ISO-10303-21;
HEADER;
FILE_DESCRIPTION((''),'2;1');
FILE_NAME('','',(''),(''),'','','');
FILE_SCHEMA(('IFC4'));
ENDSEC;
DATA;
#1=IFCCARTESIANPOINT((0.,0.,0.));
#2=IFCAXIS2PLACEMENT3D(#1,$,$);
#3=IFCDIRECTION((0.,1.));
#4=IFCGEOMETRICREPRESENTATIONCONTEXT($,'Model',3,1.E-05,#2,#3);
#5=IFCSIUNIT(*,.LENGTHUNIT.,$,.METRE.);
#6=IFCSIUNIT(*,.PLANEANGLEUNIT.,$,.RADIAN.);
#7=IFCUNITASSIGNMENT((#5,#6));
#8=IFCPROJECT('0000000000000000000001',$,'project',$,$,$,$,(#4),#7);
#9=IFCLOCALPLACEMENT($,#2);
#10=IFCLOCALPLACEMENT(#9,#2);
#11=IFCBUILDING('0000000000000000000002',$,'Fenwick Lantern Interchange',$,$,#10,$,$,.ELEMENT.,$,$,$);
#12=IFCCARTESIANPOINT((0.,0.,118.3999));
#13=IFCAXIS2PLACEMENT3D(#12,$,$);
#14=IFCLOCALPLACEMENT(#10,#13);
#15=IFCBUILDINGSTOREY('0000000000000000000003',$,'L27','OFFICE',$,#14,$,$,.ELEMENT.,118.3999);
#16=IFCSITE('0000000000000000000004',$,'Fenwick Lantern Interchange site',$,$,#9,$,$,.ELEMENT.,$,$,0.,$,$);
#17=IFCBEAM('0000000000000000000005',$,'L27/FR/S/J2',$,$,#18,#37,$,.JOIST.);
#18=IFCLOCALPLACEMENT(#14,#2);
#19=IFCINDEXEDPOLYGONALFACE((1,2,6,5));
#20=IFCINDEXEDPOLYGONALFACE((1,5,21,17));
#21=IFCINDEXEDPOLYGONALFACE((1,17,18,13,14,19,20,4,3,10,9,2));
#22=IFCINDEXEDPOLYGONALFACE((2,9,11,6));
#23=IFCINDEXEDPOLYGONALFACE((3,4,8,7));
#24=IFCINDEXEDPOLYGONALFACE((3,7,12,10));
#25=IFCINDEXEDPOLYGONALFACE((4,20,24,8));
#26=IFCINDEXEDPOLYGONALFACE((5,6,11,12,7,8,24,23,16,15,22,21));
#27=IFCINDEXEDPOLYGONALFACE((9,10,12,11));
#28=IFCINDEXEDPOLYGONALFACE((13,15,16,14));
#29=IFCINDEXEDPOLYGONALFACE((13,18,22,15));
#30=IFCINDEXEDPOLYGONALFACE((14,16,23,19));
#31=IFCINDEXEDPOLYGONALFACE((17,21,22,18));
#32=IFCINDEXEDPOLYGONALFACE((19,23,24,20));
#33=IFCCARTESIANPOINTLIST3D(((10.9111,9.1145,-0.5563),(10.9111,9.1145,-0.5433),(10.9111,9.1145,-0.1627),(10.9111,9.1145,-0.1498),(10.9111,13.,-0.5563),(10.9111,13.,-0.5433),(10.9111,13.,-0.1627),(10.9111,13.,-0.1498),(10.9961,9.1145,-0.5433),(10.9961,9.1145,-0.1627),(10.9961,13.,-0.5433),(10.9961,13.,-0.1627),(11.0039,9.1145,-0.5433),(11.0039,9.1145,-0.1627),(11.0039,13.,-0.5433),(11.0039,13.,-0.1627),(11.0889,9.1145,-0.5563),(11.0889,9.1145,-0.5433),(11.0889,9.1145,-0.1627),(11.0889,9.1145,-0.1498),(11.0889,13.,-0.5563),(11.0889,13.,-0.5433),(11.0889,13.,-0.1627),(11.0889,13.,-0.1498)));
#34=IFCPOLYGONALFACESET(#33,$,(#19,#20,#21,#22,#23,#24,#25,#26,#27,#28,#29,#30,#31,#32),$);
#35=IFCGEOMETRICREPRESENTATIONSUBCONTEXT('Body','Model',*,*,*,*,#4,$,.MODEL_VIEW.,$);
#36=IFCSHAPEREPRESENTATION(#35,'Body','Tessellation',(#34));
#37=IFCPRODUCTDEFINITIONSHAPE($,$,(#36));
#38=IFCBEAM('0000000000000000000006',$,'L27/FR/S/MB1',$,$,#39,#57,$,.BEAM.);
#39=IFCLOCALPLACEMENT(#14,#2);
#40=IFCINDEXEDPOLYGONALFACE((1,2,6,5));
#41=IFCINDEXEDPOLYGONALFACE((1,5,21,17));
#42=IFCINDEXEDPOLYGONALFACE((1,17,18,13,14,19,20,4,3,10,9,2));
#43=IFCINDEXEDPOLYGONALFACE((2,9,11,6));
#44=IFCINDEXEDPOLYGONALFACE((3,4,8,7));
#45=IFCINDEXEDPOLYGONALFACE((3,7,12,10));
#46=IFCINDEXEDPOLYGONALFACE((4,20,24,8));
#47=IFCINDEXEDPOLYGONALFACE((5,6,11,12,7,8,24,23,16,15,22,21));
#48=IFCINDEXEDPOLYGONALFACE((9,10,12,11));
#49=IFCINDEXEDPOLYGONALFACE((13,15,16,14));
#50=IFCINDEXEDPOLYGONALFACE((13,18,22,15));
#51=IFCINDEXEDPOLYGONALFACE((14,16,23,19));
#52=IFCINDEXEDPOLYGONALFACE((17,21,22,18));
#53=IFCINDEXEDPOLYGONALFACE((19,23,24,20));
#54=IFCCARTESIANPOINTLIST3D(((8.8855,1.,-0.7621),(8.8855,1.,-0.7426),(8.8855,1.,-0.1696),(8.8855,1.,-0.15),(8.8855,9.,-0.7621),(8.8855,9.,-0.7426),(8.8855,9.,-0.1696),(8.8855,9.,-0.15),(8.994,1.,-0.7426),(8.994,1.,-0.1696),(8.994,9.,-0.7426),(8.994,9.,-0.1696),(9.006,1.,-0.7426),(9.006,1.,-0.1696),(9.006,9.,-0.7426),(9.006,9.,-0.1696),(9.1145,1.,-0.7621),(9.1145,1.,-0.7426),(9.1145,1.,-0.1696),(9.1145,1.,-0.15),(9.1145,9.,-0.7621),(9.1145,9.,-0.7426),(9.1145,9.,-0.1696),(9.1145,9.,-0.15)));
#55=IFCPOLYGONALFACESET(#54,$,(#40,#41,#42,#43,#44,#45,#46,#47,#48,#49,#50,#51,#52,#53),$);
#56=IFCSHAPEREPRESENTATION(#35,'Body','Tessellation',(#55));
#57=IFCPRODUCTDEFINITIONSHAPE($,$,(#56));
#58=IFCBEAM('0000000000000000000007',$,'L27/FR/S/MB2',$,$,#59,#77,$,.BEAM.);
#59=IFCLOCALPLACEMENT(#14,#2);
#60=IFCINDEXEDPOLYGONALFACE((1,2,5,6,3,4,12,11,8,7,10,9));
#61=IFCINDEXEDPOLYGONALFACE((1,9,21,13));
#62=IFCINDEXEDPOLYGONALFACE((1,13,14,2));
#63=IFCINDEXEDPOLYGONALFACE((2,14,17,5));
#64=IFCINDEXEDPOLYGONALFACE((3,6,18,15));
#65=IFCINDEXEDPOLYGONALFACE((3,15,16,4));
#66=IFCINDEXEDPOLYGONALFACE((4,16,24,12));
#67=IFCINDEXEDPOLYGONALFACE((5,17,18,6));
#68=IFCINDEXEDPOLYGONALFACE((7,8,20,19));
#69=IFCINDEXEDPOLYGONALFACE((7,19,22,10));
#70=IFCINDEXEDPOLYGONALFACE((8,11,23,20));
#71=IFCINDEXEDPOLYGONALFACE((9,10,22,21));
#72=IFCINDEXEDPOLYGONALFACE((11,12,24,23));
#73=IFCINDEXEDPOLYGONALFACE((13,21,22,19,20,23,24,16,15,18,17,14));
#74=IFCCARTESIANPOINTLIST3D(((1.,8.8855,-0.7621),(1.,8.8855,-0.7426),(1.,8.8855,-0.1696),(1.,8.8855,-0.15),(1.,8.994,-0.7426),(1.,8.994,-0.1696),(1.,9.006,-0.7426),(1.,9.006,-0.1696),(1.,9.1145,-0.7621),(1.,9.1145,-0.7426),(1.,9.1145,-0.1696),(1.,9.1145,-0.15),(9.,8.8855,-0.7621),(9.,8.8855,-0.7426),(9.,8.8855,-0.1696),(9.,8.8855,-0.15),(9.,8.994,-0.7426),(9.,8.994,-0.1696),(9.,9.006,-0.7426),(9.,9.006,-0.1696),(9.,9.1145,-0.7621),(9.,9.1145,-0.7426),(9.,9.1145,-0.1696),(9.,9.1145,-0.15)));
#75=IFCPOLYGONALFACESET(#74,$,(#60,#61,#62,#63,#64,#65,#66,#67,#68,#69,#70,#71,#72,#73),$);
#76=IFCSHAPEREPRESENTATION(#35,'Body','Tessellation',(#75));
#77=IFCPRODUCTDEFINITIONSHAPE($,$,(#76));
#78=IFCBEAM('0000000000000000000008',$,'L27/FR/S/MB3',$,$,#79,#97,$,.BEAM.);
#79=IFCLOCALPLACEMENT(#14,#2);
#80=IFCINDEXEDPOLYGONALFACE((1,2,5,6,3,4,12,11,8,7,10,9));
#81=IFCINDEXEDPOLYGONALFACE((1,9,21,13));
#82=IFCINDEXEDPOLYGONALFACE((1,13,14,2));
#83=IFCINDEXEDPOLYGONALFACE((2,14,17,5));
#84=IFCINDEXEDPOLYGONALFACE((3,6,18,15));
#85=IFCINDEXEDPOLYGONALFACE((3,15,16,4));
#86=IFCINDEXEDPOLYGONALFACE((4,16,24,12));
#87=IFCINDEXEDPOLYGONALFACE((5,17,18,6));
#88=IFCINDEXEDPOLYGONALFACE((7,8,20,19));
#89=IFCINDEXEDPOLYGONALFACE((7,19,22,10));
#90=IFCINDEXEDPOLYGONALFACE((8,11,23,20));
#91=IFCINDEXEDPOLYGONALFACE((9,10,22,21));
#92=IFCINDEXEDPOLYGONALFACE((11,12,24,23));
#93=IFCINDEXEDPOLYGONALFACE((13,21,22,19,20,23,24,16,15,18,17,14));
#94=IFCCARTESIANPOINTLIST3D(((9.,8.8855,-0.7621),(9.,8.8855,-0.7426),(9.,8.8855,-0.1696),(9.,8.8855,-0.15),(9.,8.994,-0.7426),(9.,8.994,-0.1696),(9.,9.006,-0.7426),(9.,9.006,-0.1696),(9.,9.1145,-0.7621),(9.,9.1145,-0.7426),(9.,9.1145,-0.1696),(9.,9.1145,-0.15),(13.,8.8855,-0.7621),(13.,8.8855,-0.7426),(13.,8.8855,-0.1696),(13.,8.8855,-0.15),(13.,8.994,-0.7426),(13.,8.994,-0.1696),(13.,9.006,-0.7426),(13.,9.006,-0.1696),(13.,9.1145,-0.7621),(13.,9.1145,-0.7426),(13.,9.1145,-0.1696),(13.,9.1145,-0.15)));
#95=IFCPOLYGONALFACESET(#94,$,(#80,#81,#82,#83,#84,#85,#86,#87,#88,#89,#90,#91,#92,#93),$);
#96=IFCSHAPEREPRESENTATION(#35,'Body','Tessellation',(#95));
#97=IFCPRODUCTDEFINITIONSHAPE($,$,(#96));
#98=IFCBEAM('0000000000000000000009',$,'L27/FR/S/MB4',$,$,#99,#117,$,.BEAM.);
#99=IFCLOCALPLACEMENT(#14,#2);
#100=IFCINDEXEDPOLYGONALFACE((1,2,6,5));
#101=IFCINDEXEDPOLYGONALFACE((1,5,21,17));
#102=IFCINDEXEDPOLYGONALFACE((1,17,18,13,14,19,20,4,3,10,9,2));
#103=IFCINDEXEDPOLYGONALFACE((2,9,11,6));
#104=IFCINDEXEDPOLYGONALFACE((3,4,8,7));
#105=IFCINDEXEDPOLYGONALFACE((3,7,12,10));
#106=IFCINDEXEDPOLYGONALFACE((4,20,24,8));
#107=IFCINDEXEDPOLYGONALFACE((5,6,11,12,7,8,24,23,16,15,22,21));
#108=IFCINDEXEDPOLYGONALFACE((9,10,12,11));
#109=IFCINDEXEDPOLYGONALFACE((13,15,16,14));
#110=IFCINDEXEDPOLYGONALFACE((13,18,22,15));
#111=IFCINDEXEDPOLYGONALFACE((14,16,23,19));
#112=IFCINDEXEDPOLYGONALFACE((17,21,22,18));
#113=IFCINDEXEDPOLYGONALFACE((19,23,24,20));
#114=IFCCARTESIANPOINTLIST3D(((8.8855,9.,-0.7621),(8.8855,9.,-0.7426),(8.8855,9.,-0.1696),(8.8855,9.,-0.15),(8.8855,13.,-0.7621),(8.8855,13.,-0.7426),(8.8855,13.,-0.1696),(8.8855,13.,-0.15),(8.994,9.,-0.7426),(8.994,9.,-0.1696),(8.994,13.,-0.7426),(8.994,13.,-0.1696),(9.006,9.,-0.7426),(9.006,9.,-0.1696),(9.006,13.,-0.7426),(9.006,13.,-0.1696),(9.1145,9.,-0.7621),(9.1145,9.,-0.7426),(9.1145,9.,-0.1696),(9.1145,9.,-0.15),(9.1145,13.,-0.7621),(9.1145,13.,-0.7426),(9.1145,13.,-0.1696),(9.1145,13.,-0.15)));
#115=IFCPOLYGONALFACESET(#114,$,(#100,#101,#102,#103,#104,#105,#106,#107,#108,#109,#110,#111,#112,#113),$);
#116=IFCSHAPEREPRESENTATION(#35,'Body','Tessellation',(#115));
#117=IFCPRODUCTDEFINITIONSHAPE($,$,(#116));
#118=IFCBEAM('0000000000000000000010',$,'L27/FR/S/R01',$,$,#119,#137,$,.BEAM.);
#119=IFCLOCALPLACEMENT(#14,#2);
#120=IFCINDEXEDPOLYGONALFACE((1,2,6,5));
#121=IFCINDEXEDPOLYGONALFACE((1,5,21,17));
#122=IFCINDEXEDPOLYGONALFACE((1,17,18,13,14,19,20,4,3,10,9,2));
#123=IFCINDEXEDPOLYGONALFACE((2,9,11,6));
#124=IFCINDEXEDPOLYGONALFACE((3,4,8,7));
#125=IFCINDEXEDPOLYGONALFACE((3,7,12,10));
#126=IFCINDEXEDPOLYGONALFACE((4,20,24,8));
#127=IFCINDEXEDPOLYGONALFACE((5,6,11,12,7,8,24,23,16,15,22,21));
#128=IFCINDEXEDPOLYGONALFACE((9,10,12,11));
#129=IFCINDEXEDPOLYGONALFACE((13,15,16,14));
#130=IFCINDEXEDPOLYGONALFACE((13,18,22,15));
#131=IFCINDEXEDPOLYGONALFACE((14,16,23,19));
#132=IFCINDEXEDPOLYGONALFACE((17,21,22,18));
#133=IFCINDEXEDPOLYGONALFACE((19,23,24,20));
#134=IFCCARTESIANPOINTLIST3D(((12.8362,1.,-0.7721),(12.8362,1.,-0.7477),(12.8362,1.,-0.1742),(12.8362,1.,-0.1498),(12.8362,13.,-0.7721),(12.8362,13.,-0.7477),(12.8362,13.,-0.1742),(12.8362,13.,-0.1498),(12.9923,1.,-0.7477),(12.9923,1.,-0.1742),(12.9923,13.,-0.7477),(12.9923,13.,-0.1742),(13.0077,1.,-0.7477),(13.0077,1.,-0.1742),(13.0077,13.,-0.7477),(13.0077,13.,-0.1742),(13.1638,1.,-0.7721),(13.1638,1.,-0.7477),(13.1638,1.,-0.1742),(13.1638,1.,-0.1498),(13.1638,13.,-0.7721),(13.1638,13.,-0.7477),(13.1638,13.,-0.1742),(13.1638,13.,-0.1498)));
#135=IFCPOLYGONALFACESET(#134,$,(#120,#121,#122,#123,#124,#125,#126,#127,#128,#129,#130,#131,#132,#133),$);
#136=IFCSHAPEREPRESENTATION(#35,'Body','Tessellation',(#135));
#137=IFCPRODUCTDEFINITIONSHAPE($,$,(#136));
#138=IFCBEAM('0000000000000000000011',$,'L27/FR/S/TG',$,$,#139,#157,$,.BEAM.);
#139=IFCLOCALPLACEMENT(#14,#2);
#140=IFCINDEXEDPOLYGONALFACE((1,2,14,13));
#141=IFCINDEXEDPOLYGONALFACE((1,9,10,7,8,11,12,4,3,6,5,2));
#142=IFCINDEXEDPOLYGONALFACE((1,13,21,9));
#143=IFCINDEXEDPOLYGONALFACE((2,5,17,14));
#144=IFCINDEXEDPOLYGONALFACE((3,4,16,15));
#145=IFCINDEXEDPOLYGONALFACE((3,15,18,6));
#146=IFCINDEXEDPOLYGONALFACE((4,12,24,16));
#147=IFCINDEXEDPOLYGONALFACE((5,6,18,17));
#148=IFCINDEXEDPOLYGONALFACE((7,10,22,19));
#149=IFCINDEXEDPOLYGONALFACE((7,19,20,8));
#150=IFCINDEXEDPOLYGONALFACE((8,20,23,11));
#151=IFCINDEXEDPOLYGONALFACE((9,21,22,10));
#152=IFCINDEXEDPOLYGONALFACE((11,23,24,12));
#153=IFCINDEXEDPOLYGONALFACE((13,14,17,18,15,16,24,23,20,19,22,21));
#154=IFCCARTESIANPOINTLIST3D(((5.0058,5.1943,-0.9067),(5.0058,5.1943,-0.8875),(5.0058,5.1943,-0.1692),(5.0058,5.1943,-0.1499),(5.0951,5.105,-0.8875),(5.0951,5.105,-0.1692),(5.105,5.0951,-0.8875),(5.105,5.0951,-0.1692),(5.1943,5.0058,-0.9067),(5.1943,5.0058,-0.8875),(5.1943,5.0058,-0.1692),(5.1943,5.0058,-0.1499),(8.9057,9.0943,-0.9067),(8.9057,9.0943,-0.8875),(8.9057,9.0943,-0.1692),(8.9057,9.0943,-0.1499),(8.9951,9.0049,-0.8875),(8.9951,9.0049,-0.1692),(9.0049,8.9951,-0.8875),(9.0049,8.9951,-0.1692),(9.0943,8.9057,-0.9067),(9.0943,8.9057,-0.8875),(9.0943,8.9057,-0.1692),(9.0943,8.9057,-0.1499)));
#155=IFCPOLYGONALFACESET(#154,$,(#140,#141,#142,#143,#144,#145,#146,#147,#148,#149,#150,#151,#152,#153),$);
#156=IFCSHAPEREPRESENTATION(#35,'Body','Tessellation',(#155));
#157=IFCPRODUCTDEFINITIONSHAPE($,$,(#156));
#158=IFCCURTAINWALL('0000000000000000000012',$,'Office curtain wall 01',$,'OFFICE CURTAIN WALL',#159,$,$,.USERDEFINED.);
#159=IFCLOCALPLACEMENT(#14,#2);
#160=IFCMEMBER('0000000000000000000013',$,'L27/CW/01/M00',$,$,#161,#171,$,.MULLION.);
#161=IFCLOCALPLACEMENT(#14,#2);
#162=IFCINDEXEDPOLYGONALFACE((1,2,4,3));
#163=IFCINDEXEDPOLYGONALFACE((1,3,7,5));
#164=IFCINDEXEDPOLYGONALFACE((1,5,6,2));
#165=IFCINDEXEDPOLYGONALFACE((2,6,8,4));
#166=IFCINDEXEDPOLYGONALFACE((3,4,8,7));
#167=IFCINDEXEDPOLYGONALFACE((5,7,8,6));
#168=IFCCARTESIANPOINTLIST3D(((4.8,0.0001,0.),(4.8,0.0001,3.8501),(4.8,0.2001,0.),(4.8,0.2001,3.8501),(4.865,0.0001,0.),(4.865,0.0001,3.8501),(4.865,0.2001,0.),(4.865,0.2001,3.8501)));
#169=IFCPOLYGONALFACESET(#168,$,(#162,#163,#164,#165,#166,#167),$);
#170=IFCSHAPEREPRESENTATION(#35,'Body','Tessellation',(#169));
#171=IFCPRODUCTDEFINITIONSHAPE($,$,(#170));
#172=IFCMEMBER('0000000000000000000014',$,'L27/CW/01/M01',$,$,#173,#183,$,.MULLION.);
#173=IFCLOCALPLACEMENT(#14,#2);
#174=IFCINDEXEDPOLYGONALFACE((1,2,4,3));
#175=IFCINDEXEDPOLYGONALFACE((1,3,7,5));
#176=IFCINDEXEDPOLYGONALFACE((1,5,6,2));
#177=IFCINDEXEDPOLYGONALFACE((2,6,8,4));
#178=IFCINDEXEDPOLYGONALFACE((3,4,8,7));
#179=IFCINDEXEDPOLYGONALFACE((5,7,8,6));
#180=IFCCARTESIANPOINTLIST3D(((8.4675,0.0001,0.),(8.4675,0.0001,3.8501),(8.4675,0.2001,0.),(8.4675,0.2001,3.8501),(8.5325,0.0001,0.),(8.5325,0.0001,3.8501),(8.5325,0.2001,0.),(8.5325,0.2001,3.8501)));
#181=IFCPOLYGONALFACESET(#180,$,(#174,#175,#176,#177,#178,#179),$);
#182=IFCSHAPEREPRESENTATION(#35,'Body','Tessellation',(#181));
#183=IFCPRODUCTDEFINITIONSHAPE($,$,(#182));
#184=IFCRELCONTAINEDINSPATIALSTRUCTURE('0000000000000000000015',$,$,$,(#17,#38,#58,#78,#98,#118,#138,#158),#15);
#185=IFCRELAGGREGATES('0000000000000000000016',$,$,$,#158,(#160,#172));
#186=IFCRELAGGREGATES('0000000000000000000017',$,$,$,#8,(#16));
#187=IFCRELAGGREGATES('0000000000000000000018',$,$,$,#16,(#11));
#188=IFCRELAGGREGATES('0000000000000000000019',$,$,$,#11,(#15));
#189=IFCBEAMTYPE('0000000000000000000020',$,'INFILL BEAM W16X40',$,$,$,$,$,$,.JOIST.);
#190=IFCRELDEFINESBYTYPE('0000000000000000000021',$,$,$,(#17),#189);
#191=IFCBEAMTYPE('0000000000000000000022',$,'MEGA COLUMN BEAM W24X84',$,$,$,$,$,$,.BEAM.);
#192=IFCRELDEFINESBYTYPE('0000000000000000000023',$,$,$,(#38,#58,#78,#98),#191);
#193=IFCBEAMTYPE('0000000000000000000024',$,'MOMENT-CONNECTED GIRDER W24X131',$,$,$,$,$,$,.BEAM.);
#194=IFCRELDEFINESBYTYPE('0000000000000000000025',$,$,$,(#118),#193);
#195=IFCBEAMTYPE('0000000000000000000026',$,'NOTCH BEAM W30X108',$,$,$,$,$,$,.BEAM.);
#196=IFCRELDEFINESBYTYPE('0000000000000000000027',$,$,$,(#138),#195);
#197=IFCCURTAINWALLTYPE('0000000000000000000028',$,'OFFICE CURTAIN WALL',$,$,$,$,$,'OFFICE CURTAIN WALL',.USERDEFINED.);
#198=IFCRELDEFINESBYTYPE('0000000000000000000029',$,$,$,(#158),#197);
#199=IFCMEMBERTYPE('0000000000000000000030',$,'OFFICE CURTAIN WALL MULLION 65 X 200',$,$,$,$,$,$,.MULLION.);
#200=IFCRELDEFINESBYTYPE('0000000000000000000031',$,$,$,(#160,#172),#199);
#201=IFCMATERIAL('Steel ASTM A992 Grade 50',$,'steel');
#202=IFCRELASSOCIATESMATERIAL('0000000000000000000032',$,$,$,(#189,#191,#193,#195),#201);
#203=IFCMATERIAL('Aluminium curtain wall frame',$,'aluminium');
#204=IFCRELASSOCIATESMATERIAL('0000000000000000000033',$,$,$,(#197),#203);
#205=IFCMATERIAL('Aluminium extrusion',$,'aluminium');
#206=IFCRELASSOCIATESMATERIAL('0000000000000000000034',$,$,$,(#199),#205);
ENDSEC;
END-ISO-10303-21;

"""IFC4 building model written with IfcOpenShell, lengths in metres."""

from ifc_helpers import new_model, si_unit, direction, frame, origin, origin_2d, place, context, subcontext, project, spatial, rectangle, i_section, extrude, material, material_profile, profile_set, type_object, element, aggregate, save


model = new_model("IFC4")

# Units and contexts
model_context = context("Model", 3, precision=1e-05, world=origin(), true_north=direction((0.0, 1.0)))
body_context = subcontext(model_context, "Body", "Model", "MODEL_VIEW")
ifc_project = project(units=[si_unit("LENGTHUNIT", "METRE"), si_unit("PLANEANGLEUNIT", "RADIAN")], contexts=[model_context])

# Site, building, storey
site_placement = place(None, origin())
site = spatial("IfcSite", under=ifc_project, at=site_placement, Name="Fenwick Lantern Interchange site", CompositionType="ELEMENT", RefElevation=0.0)
building_placement = place(site_placement, origin())
building = spatial("IfcBuilding", under=site, at=building_placement, Name="Fenwick Lantern Interchange", CompositionType="ELEMENT")
storey_placement = place(building_placement, frame((0.0, 0.0, 118.3999)))
storey = spatial("IfcBuildingStorey", under=building, at=storey_placement, Name="L27", Description="OFFICE", CompositionType="ELEMENT", Elevation=118.3999)

# Shared definitions
ifc_material_1 = material(Name="Steel ASTM A992 Grade 50", Category="steel")

# Beams
ifc_material_profile_1 = material_profile(ifc_material_1, i_section(OverallWidth=0.1777, OverallDepth=0.4065, WebThickness=0.0078, FlangeThickness=0.0129, at=origin_2d()), Name="W16X40")
ifc_profile_set_1 = profile_set([ifc_material_profile_1], Name="Steel ASTM A992 Grade 50")
beam_type_1 = type_object("IfcBeamType", Name="INFILL BEAM W16X40", PredefinedType="JOIST", material=ifc_profile_set_1)
beam_1_placement = place(storey_placement, frame((11.0, 9.1145, -0.353), z_axis=(0.0, 1.0, 0.0), x_axis=(-1.0, 0.0, 0.0)))
element("IfcBeam", 1, at=beam_1_placement, inside=storey, type_object=beam_type_1, Name="L27/FR/S/J2", PredefinedType="JOIST", context=body_context, shape_type="SweptSolid", body=[
    extrude(i_section(OverallWidth=0.1777, OverallDepth=0.4065, WebThickness=0.0078, FlangeThickness=0.0129, at=origin_2d()), origin(), (0.0, 0.0, 1.0), 3.8855),
])
ifc_material_profile_2 = material_profile(ifc_material_1, i_section(OverallWidth=0.229, OverallDepth=0.6121, WebThickness=0.012, FlangeThickness=0.0195, at=origin_2d()), Name="W24X84")
ifc_profile_set_2 = profile_set([ifc_material_profile_2], Name="Steel ASTM A992 Grade 50")
beam_type_2 = type_object("IfcBeamType", Name="MEGA COLUMN BEAM W24X84", PredefinedType="BEAM", material=ifc_profile_set_2)
for number, where, z_axis, x_axis, name in (
    (2, (9.0, 9.0, -0.4561), (0.0, -1.0, 0.0), (1.0, 0.0, 0.0), "L27/FR/S/MB1"),
    (3, (9.0, 9.0, -0.4561), (-1.0, 0.0, 0.0), (0.0, -1.0, 0.0), "L27/FR/S/MB2"),
):
    element("IfcBeam", number, at=place(storey_placement, frame(where, z_axis=z_axis, x_axis=x_axis)), inside=storey, type_object=beam_type_2, Name=name, PredefinedType="BEAM", context=body_context, shape_type="SweptSolid", body=[
        extrude(i_section(OverallWidth=0.229, OverallDepth=0.6121, WebThickness=0.012, FlangeThickness=0.0195, at=origin_2d()), origin(), (0.0, 0.0, 1.0), 8.0),
    ])
for number, where, z_axis, x_axis, name in (
    (4, (9.0, 9.0, -0.4561), (1.0, 0.0, 0.0), (0.0, 1.0, 0.0), "L27/FR/S/MB3"),
    (5, (9.0, 9.0, -0.4561), (0.0, 1.0, 0.0), (-1.0, 0.0, 0.0), "L27/FR/S/MB4"),
):
    element("IfcBeam", number, at=place(storey_placement, frame(where, z_axis=z_axis, x_axis=x_axis)), inside=storey, type_object=beam_type_2, Name=name, PredefinedType="BEAM", context=body_context, shape_type="SweptSolid", body=[
        extrude(i_section(OverallWidth=0.229, OverallDepth=0.6121, WebThickness=0.012, FlangeThickness=0.0195, at=origin_2d()), origin(), (0.0, 0.0, 1.0), 4.0),
    ])
ifc_material_profile_3 = material_profile(ifc_material_1, i_section(OverallWidth=0.3276, OverallDepth=0.6223, WebThickness=0.0154, FlangeThickness=0.0244, at=origin_2d()), Name="W24X131")
ifc_profile_set_3 = profile_set([ifc_material_profile_3], Name="Steel ASTM A992 Grade 50")
beam_type_3 = type_object("IfcBeamType", Name="MOMENT-CONNECTED GIRDER W24X131", PredefinedType="BEAM", material=ifc_profile_set_3)
beam_2_placement = place(storey_placement, frame((13.0, 1.0, -0.4609), z_axis=(0.0, 1.0, 0.0), x_axis=(-1.0, 0.0, 0.0)))
element("IfcBeam", 6, at=beam_2_placement, inside=storey, type_object=beam_type_3, Name="L27/FR/S/R01", PredefinedType="BEAM", context=body_context, shape_type="SweptSolid", body=[
    extrude(i_section(OverallWidth=0.3276, OverallDepth=0.6223, WebThickness=0.0154, FlangeThickness=0.0244, at=origin_2d()), origin(), (0.0, 0.0, 1.0), 12.0),
])
ifc_material_profile_4 = material_profile(ifc_material_1, i_section(OverallWidth=0.2666, OverallDepth=0.7568, WebThickness=0.0139, FlangeThickness=0.0193, at=origin_2d()), Name="W30X108")
ifc_profile_set_4 = profile_set([ifc_material_profile_4], Name="Steel ASTM A992 Grade 50")
beam_type_4 = type_object("IfcBeamType", Name="NOTCH BEAM W30X108", PredefinedType="BEAM", material=ifc_profile_set_4)
beam_3_placement = place(storey_placement, frame((9.0, 9.0, -0.5283), z_axis=(-0.707107, -0.707107, 0.0), x_axis=(0.707107, -0.707107, 0.0)))
element("IfcBeam", 7, at=beam_3_placement, inside=storey, type_object=beam_type_4, Name="L27/FR/S/TG", PredefinedType="BEAM", context=body_context, shape_type="SweptSolid", body=[
    extrude(i_section(OverallWidth=0.2666, OverallDepth=0.7568, WebThickness=0.0139, FlangeThickness=0.0193, at=origin_2d()), origin(), (0.0, 0.0, 1.0), 5.5154),
])

# Curtain wall, members
ifc_material_2 = material(Name="Aluminium curtain wall frame", Category="aluminium")
curtain_wall_type = type_object("IfcCurtainWallType", Name="OFFICE CURTAIN WALL", ElementType="OFFICE CURTAIN WALL", PredefinedType="USERDEFINED", material=ifc_material_2)
curtain_wall_1_placement = place(storey_placement, origin())
curtain_wall_1 = element("IfcCurtainWall", 8, at=curtain_wall_1_placement, inside=storey, type_object=curtain_wall_type, Name="Office curtain wall 01", ObjectType="OFFICE CURTAIN WALL", PredefinedType="USERDEFINED")
ifc_material_3 = material(Name="Aluminium extrusion", Category="aluminium")
ifc_material_profile_5 = material_profile(ifc_material_3, rectangle(XDim=0.2, YDim=0.0649, at=origin_2d()), Name="OFFICE CURTAIN WALL MULLION 65 X 200")
ifc_profile_set_5 = profile_set([ifc_material_profile_5], Name="Aluminium extrusion")
member_type_1 = type_object("IfcMemberType", Name="OFFICE CURTAIN WALL MULLION 65 X 200", PredefinedType="MULLION", material=ifc_profile_set_5)
member_1_placement = place(storey_placement, frame((4.8325, 0.1001, 0.0), z_axis=(0.0, 0.0, 1.0), x_axis=(0.0, 1.0, 0.0)))
member_1 = element("IfcMember", 9, at=member_1_placement, type_object=member_type_1, Name="L27/CW/01/M00", PredefinedType="MULLION", context=body_context, shape_type="SweptSolid", body=[
    extrude(rectangle(XDim=0.2, YDim=0.0649, at=origin_2d()), origin(), (0.0, 0.0, 1.0), 3.8501),
])
member_2_placement = place(storey_placement, frame((8.5, 0.1001, 0.0), z_axis=(0.0, 0.0, 1.0), x_axis=(0.0, 1.0, 0.0)))
member_2 = element("IfcMember", 10, at=member_2_placement, type_object=member_type_1, Name="L27/CW/01/M01", PredefinedType="MULLION", context=body_context, shape_type="SweptSolid", body=[
    extrude(rectangle(XDim=0.2, YDim=0.0649, at=origin_2d()), origin(), (0.0, 0.0, 1.0), 3.8501),
])

aggregate(curtain_wall_1, [member_1, member_2])

save(model, "model.ifc")
